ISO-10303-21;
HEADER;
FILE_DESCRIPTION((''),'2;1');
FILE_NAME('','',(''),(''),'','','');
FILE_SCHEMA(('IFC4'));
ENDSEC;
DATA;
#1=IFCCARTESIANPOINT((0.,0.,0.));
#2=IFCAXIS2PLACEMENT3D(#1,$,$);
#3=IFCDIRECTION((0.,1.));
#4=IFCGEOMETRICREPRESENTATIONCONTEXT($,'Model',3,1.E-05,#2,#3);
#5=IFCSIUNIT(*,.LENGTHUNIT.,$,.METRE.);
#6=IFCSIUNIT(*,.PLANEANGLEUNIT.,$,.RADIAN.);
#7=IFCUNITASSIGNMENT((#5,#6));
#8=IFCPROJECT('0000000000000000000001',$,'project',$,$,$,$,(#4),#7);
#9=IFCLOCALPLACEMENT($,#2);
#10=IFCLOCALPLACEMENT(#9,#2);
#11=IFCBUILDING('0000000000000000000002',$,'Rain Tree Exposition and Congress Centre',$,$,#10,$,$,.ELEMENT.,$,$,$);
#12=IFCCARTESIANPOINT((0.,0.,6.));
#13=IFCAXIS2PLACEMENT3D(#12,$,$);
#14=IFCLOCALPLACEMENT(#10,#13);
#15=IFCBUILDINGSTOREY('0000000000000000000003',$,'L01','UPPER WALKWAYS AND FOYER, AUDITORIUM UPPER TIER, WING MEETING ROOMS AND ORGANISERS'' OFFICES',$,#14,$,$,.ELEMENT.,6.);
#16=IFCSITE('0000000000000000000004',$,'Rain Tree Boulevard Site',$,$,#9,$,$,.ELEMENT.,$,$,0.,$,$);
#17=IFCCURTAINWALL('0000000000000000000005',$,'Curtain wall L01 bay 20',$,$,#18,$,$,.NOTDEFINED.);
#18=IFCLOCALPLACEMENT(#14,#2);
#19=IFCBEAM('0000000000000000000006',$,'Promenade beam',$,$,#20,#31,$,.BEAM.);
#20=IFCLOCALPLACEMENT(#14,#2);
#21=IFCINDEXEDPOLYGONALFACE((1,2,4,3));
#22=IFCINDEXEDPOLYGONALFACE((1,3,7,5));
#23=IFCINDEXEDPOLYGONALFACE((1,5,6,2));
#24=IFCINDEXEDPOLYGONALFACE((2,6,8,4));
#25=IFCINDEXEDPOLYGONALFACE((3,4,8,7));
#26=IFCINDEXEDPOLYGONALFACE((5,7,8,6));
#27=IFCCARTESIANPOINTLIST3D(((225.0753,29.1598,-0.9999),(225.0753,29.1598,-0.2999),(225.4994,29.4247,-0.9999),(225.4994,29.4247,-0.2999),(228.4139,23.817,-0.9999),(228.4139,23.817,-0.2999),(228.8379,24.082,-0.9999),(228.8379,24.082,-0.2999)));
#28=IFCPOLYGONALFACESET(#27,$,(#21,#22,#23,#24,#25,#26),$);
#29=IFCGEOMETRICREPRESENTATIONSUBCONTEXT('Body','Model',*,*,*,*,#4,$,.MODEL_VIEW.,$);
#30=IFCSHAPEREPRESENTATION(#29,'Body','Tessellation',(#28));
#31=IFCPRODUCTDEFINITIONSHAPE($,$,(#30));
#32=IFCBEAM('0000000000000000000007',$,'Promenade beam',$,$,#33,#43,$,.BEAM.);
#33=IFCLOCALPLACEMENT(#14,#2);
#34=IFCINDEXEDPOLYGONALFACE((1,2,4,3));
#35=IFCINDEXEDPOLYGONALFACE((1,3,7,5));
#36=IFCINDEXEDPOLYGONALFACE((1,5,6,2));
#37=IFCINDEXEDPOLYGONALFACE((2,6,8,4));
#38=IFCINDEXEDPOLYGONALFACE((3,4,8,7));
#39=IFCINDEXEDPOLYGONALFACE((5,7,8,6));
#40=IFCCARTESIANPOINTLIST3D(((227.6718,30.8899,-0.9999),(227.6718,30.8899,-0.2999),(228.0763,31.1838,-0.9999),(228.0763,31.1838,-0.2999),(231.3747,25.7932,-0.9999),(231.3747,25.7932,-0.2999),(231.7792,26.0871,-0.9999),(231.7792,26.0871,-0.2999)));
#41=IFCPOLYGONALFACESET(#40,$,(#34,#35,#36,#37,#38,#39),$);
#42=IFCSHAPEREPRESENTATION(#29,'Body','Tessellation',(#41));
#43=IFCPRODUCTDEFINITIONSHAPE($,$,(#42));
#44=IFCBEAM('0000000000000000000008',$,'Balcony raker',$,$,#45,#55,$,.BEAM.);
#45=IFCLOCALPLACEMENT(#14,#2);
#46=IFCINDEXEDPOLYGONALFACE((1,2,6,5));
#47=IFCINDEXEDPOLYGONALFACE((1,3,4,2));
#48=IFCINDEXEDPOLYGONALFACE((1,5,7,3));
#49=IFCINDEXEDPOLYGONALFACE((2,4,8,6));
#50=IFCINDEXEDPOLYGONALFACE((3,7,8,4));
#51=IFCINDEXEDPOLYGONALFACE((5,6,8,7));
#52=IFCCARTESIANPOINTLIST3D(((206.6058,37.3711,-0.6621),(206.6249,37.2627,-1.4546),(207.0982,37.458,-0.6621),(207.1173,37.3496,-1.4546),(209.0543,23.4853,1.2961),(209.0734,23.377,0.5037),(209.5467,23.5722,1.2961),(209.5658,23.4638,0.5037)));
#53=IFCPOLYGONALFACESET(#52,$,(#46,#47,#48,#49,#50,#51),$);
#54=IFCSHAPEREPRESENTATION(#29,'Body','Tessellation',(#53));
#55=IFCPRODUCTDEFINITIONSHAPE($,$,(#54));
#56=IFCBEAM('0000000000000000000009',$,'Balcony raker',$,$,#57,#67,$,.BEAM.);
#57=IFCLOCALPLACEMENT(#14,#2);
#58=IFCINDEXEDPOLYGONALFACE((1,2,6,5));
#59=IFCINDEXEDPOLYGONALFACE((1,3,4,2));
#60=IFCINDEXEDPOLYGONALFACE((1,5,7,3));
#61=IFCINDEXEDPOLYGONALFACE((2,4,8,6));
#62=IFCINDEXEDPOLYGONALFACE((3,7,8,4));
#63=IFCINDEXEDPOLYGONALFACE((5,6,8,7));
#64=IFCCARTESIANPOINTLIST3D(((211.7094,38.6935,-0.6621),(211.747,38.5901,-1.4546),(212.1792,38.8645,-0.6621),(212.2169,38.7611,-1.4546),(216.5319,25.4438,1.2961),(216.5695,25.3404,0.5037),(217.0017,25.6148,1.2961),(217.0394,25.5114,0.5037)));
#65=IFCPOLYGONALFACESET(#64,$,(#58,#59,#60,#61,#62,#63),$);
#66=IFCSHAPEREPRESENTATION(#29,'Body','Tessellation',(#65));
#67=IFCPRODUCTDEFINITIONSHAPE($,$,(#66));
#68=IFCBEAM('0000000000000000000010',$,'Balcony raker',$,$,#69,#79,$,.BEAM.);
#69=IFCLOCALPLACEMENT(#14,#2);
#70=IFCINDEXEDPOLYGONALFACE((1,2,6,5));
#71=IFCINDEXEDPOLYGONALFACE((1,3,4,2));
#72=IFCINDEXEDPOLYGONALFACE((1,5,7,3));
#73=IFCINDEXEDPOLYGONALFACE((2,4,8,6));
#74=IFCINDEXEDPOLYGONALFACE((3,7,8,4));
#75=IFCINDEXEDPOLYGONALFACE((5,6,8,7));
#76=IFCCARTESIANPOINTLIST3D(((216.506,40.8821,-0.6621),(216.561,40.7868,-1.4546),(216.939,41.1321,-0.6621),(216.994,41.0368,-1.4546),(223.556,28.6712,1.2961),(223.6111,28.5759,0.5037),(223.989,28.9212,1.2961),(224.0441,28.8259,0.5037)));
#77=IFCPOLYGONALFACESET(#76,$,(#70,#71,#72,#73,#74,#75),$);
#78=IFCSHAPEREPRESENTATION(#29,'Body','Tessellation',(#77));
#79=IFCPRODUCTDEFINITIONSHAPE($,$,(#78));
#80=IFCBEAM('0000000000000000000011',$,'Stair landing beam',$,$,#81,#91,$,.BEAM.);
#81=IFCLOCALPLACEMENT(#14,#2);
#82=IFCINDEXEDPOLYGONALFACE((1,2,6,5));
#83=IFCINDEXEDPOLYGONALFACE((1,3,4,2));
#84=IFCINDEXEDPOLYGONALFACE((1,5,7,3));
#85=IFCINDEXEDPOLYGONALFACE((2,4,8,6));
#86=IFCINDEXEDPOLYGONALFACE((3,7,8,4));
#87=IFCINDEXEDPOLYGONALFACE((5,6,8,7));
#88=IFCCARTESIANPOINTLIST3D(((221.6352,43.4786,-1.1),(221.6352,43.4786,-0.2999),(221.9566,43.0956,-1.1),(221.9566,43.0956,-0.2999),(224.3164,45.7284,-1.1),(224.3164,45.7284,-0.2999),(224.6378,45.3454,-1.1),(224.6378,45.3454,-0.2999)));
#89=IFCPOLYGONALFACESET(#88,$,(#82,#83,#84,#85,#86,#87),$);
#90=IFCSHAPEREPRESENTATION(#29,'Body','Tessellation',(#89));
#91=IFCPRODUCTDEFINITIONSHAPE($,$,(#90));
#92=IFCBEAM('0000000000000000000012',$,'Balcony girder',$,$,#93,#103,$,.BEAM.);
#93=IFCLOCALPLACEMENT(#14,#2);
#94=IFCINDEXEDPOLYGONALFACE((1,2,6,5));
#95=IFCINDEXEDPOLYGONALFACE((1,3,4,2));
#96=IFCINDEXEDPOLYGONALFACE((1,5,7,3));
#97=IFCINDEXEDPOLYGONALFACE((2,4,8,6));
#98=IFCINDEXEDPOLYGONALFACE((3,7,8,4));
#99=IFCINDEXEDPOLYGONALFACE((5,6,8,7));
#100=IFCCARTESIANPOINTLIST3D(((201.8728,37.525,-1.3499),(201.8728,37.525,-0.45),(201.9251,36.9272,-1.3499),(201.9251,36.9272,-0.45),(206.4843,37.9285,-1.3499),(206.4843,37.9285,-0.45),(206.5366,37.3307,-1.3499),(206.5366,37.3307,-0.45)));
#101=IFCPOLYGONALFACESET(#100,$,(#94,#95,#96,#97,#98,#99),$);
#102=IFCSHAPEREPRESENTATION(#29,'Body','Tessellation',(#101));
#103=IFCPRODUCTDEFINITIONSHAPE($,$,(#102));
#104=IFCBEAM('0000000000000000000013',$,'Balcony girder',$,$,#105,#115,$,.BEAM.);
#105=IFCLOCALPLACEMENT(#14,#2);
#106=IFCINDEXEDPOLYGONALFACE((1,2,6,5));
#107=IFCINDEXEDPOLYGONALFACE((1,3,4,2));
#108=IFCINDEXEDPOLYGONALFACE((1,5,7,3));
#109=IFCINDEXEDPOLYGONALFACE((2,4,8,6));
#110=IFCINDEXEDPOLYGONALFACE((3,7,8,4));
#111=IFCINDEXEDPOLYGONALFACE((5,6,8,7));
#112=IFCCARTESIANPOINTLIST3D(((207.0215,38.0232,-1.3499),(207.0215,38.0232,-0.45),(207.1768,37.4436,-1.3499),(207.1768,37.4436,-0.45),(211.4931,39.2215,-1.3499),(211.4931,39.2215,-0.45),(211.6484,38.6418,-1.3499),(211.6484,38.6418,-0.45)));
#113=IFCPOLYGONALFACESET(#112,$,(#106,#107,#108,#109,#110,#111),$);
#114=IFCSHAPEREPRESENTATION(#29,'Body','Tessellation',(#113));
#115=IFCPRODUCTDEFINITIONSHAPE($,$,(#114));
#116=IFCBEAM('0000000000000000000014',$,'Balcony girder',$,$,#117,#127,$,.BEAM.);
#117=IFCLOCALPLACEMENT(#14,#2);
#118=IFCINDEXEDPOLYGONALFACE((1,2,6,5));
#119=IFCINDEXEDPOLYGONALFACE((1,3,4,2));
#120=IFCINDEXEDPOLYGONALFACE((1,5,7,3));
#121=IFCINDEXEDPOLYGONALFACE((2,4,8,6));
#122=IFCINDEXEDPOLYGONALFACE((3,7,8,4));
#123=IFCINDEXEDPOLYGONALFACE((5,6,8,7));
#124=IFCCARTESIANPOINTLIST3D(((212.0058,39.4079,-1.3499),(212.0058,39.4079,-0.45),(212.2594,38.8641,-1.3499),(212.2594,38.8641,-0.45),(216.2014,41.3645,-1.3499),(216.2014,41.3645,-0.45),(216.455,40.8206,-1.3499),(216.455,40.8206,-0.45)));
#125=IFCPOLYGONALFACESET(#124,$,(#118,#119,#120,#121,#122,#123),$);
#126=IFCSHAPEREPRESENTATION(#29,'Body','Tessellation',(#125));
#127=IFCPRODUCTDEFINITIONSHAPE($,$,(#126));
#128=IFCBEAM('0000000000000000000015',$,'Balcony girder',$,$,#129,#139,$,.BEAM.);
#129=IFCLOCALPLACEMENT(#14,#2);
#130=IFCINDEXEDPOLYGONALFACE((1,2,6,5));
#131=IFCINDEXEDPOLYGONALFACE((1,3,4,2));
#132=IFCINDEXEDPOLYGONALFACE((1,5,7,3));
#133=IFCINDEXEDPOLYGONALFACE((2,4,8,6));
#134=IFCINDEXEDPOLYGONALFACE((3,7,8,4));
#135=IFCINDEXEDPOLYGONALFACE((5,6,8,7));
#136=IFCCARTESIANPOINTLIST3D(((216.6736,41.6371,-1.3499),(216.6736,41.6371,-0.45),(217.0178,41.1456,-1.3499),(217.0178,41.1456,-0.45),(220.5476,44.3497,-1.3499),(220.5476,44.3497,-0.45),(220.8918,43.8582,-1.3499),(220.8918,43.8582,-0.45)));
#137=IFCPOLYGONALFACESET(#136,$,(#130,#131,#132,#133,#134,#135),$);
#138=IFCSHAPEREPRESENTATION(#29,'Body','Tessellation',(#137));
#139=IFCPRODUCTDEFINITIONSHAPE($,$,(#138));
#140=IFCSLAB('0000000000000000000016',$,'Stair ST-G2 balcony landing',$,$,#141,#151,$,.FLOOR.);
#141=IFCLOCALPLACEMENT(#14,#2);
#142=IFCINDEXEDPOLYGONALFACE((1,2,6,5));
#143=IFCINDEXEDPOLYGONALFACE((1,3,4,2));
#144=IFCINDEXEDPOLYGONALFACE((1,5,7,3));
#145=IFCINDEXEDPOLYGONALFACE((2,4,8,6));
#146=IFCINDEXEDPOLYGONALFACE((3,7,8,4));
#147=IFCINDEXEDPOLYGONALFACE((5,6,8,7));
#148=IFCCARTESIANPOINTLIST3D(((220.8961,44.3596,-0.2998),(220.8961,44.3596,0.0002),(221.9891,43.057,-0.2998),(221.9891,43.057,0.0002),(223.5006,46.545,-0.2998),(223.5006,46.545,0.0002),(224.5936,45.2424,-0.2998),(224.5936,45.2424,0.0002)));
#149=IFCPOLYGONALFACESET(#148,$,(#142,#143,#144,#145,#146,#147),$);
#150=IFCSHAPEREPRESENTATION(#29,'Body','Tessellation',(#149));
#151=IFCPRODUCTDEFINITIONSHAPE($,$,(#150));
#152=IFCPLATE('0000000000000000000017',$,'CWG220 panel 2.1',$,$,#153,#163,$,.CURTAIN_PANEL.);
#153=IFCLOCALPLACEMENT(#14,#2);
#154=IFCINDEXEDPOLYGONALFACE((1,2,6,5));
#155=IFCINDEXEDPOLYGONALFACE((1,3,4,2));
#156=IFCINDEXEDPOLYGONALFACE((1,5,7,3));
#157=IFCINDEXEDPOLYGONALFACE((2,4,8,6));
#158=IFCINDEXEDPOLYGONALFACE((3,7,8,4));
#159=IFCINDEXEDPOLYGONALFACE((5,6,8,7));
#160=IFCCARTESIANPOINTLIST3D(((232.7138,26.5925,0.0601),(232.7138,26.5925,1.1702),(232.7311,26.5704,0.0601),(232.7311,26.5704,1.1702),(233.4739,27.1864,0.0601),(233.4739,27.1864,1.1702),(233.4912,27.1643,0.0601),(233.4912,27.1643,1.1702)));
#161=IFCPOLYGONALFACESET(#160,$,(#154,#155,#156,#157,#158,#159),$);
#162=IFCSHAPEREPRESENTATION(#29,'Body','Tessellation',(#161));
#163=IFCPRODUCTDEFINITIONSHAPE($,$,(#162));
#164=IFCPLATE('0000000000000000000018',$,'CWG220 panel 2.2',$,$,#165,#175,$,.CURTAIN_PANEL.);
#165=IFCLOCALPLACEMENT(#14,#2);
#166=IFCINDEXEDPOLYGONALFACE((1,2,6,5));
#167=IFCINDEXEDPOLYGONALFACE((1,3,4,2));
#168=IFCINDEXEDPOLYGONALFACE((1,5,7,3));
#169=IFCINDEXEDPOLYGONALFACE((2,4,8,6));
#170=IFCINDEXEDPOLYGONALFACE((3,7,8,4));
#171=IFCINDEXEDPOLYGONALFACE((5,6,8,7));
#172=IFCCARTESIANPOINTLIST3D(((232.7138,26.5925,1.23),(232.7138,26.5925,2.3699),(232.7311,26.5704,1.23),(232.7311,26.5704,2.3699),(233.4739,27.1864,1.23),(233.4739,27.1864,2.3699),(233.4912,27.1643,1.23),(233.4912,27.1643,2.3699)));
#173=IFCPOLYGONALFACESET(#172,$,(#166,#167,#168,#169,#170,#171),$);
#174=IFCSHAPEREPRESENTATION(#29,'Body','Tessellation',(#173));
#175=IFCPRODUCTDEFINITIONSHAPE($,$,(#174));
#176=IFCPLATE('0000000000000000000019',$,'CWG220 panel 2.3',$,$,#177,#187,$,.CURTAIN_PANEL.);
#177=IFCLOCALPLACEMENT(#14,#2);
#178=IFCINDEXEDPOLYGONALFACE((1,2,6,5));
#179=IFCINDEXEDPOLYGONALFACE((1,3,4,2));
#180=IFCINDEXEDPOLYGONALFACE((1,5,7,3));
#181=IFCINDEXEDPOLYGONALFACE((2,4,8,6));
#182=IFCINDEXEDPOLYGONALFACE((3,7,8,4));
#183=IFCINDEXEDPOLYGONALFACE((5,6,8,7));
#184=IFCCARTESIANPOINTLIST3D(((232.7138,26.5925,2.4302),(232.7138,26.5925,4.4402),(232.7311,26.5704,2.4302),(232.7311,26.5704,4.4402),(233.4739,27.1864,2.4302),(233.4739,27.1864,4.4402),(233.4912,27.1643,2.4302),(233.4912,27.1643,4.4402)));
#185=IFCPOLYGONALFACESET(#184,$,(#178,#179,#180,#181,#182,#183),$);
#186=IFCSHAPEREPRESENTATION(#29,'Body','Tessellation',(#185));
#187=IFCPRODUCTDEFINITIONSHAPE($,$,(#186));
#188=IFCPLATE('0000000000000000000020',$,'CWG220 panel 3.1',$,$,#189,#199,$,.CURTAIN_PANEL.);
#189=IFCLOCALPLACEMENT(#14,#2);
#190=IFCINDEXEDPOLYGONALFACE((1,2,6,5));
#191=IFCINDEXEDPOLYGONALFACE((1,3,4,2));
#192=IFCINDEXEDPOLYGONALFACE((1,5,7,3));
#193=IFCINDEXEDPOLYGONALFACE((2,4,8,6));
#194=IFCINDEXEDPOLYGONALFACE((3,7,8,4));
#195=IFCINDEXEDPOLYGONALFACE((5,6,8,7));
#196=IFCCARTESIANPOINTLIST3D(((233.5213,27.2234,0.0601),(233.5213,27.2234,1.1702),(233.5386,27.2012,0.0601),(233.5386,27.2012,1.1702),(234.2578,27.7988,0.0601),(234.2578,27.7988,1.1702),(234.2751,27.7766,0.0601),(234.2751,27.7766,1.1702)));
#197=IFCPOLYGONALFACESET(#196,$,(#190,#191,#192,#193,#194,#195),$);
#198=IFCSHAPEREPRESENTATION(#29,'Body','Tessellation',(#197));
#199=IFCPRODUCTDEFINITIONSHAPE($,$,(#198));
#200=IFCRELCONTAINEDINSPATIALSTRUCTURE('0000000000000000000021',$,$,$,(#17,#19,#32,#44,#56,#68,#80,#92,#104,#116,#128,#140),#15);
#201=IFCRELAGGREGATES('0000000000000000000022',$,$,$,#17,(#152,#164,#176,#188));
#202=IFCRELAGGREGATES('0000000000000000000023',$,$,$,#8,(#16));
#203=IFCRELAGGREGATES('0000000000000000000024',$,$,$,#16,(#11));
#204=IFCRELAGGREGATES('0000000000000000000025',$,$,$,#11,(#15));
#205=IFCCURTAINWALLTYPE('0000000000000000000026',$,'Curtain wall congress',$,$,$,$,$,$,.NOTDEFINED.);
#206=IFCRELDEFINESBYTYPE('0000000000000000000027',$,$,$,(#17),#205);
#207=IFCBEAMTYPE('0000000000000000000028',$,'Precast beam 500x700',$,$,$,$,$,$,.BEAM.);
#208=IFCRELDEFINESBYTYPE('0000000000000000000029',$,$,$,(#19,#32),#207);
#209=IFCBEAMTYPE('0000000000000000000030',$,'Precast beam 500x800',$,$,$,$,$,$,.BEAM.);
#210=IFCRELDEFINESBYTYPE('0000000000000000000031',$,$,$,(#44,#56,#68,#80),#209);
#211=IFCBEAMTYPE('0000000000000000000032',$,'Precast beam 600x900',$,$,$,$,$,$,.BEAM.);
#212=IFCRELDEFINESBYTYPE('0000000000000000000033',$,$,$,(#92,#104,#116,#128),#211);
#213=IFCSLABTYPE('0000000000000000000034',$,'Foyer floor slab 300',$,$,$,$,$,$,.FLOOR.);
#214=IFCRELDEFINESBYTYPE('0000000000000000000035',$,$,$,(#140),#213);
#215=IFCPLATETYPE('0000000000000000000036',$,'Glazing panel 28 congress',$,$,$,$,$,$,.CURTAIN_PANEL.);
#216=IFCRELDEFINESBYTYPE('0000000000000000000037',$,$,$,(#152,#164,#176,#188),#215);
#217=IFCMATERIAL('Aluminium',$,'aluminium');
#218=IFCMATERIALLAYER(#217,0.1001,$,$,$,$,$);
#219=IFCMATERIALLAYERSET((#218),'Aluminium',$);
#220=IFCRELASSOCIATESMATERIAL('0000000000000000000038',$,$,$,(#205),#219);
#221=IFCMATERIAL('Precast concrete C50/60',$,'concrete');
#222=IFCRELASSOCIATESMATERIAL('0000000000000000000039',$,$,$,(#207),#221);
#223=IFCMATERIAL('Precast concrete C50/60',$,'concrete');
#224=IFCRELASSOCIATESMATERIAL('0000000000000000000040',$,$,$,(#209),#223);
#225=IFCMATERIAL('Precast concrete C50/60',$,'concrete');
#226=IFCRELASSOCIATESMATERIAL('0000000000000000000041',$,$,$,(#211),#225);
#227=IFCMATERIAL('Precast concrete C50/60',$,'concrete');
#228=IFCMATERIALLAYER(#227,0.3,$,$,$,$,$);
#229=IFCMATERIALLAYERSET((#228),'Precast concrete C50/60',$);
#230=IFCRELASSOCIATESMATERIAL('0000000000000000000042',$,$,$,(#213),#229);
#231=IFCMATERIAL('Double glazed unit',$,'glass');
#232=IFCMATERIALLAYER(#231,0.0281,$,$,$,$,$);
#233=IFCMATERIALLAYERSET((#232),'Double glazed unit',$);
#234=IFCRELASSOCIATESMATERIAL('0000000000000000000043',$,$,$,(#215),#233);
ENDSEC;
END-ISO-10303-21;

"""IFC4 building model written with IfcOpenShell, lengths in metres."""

from ifc_helpers import new_model, si_unit, direction, frame, origin, origin_2d, place, context, subcontext, project, spatial, rectangle, extrude, material, layer, layer_set, material_profile, profile_set, type_object, element, aggregate, save


model = new_model("IFC4")

# Units and contexts
model_context = context("Model", 3, precision=1e-05, world=origin(), true_north=direction((0.0, 1.0)))
body_context = subcontext(model_context, "Body", "Model", "MODEL_VIEW")
ifc_project = project(units=[si_unit("LENGTHUNIT", "METRE"), si_unit("PLANEANGLEUNIT", "RADIAN")], contexts=[model_context])

# Site, building, storey
site_placement = place(None, origin())
site = spatial("IfcSite", under=ifc_project, at=site_placement, Name="Rain Tree Boulevard Site", CompositionType="ELEMENT", RefElevation=0.0)
building_placement = place(site_placement, origin())
building = spatial("IfcBuilding", under=site, at=building_placement, Name="Rain Tree Exposition and Congress Centre", CompositionType="ELEMENT")
storey_placement = place(building_placement, frame((0.0, 0.0, 6.0)))
storey = spatial("IfcBuildingStorey", under=building, at=storey_placement, Name="L01", Description="UPPER WALKWAYS AND FOYER, AUDITORIUM UPPER TIER, WING MEETING ROOMS AND ORGANISERS' OFFICES", CompositionType="ELEMENT", Elevation=6.0)

# Curtain wall
ifc_material_1 = material(Name="Aluminium", Category="aluminium")
ifc_layer_1 = layer(ifc_material_1, 0.1001)
ifc_layer_set_1 = layer_set([ifc_layer_1], Name="Aluminium")
curtain_wall_type = type_object("IfcCurtainWallType", Name="Curtain wall congress", PredefinedType="NOTDEFINED", material=ifc_layer_set_1)
curtain_wall_placement = place(storey_placement, origin())
curtain_wall = element("IfcCurtainWall", 1, at=curtain_wall_placement, inside=storey, type_object=curtain_wall_type, Name="Curtain wall L01 bay 20", PredefinedType="NOTDEFINED")

# Beams
ifc_material_2 = material(Name="Precast concrete C50/60", Category="concrete")
ifc_material_profile_1 = material_profile(ifc_material_2, rectangle(XDim=0.5, YDim=0.7, at=origin_2d()), Name="RC 500x700")
ifc_profile_set_1 = profile_set([ifc_material_profile_1], Name="Precast concrete C50/60")
beam_type_1 = type_object("IfcBeamType", Name="Precast beam 500x700", PredefinedType="BEAM", material=ifc_profile_set_1)
beam_1_placement = place(storey_placement, frame((225.2874, 29.2922, -0.6499), z_axis=(0.529929, -0.848042, 0.0), x_axis=(0.848042, 0.529929, 0.0)))
element("IfcBeam", 2, at=beam_1_placement, inside=storey, type_object=beam_type_1, Name="Promenade beam", PredefinedType="BEAM", context=body_context, shape_type="SweptSolid", body=[
    extrude(rectangle(XDim=0.5, YDim=0.7, at=origin_2d()), origin(), (0.0, 0.0, 1.0), 6.3),
])
beam_2_placement = place(storey_placement, frame((227.874, 31.0369, -0.6499), z_axis=(0.587778, -0.809023, 0.0), x_axis=(0.809023, 0.587778, 0.0)))
element("IfcBeam", 3, at=beam_2_placement, inside=storey, type_object=beam_type_1, Name="Promenade beam", PredefinedType="BEAM", context=body_context, shape_type="SweptSolid", body=[
    extrude(rectangle(XDim=0.5, YDim=0.7, at=origin_2d()), origin(), (0.0, 0.0, 1.0), 6.2998),
])
ifc_material_3 = material(Name="Precast concrete C50/60", Category="concrete")
ifc_material_profile_2 = material_profile(ifc_material_3, rectangle(XDim=0.5, YDim=0.8, at=origin_2d()), Name="RC 500x800")
ifc_profile_set_2 = profile_set([ifc_material_profile_2], Name="Precast concrete C50/60")
beam_type_2 = type_object("IfcBeamType", Name="Precast beam 500x800", PredefinedType="BEAM", material=ifc_profile_set_2)
for number, where, z_axis, x_axis, name in (
    (4, (206.8616, 37.3604, -1.0583), (0.172001, -0.975445, 0.137563), (0.984807, 0.173652, 0.0), "Balcony raker"),
    (5, (211.9631, 38.7273, -1.0583), (0.338768, -0.930759, 0.137562), (0.939693, 0.34202, 0.0), "Balcony raker"),
    (6, (216.75, 40.9595, -1.0583), (0.49525, -0.85779, 0.137563), (0.866024, 0.500003, 0.0), "Balcony raker"),
):
    element("IfcBeam", number, at=place(storey_placement, frame(where, z_axis=z_axis, x_axis=x_axis)), inside=storey, type_object=beam_type_2, Name=name, PredefinedType="BEAM", context=body_context, shape_type="SweptSolid", body=[
        extrude(rectangle(XDim=0.5, YDim=0.8, at=origin_2d()), origin(), (0.0, 0.0, 1.0), 14.2354),
    ])
beam_3_placement = place(storey_placement, frame((221.7959, 43.2871, -0.7), z_axis=(0.766044, 0.642788, 0.0), x_axis=(-0.642788, 0.766044, 0.0)))
element("IfcBeam", 7, at=beam_3_placement, inside=storey, type_object=beam_type_2, Name="Stair landing beam", PredefinedType="BEAM", context=body_context, shape_type="SweptSolid", body=[
    extrude(rectangle(XDim=0.5, YDim=0.8, at=origin_2d()), origin(), (0.0, 0.0, 1.0), 3.5),
])
ifc_material_4 = material(Name="Precast concrete C50/60", Category="concrete")
ifc_material_profile_3 = material_profile(ifc_material_4, rectangle(XDim=0.6001, YDim=0.8999, at=origin_2d()), Name="RC 600x900")
ifc_profile_set_3 = profile_set([ifc_material_profile_3], Name="Precast concrete C50/60")
beam_type_3 = type_object("IfcBeamType", Name="Precast beam 600x900", PredefinedType="BEAM", material=ifc_profile_set_3)
beam_4_placement = place(storey_placement, frame((201.8989, 37.2261, -0.8999), z_axis=(0.996193, 0.087178, 0.0), x_axis=(-0.087178, 0.996193, 0.0)))
element("IfcBeam", 8, at=beam_4_placement, inside=storey, type_object=beam_type_3, Name="Balcony girder", PredefinedType="BEAM", context=body_context, shape_type="SweptSolid", body=[
    extrude(rectangle(XDim=0.6001, YDim=0.8999, at=origin_2d()), origin(), (0.0, 0.0, 1.0), 4.6292),
])
for number, where, z_axis, x_axis, name in (
    (9, (207.0991, 37.7334, -0.8999), (0.965923, 0.258831, 0.0), (-0.258831, 0.965923, 0.0), "Balcony girder"),
    (10, (212.1326, 39.136, -0.8999), (0.906298, 0.42264, 0.0), (-0.42264, 0.906298, 0.0), "Balcony girder"),
):
    element("IfcBeam", number, at=place(storey_placement, frame(where, z_axis=z_axis, x_axis=x_axis)), inside=storey, type_object=beam_type_3, Name=name, PredefinedType="BEAM", context=body_context, shape_type="SweptSolid", body=[
        extrude(rectangle(XDim=0.6001, YDim=0.8999, at=origin_2d()), origin(), (0.0, 0.0, 1.0), 4.6294),
    ])
beam_5_placement = place(storey_placement, frame((216.8457, 41.3914, -0.8999), z_axis=(0.819149, 0.57358, 0.0), x_axis=(-0.57358, 0.819149, 0.0)))
element("IfcBeam", 11, at=beam_5_placement, inside=storey, type_object=beam_type_3, Name="Balcony girder", PredefinedType="BEAM", context=body_context, shape_type="SweptSolid", body=[
    extrude(rectangle(XDim=0.6001, YDim=0.8999, at=origin_2d()), origin(), (0.0, 0.0, 1.0), 4.7292),
])

# Slab
ifc_material_5 = material(Name="Precast concrete C50/60", Category="concrete")
ifc_layer_2 = layer(ifc_material_5, 0.3)
ifc_layer_set_2 = layer_set([ifc_layer_2], Name="Precast concrete C50/60")
slab_type = type_object("IfcSlabType", Name="Foyer floor slab 300", PredefinedType="FLOOR", material=ifc_layer_set_2)
slab_placement = place(storey_placement, frame((222.7449, 44.801, -0.2998), z_axis=(0.0, 0.0, 1.0), x_axis=(0.642788, -0.766044, 0.0)))
element("IfcSlab", 12, at=slab_placement, inside=storey, type_object=slab_type, Name="Stair ST-G2 balcony landing", PredefinedType="FLOOR", context=body_context, shape_type="SweptSolid", body=[
    extrude(rectangle(XDim=1.7004, YDim=3.3999, at=origin_2d()), origin(), (0.0, 0.0, 1.0), 0.3),
])

# Plates
ifc_material_6 = material(Name="Double glazed unit", Category="glass")
ifc_layer_3 = layer(ifc_material_6, 0.0281)
ifc_layer_set_3 = layer_set([ifc_layer_3], Name="Double glazed unit")
plate_type = type_object("IfcPlateType", Name="Glazing panel 28 congress", PredefinedType="CURTAIN_PANEL", material=ifc_layer_set_3)
plate_1_placement = place(storey_placement, frame((233.1025, 26.8784, 0.0601), z_axis=(0.0, 0.0, 1.0), x_axis=(0.788003, 0.615671, 0.0)))
plate_1 = element("IfcPlate", 13, at=plate_1_placement, type_object=plate_type, Name="CWG220 panel 2.1", PredefinedType="CURTAIN_PANEL", context=body_context, shape_type="SweptSolid", body=[
    extrude(rectangle(XDim=0.9646, YDim=0.0281, at=origin_2d()), origin(), (0.0, 0.0, 1.0), 1.1101),
])
plate_2_placement = place(storey_placement, frame((233.1025, 26.8784, 1.23), z_axis=(0.0, 0.0, 1.0), x_axis=(0.788003, 0.615671, 0.0)))
plate_2 = element("IfcPlate", 14, at=plate_2_placement, type_object=plate_type, Name="CWG220 panel 2.2", PredefinedType="CURTAIN_PANEL", context=body_context, shape_type="SweptSolid", body=[
    extrude(rectangle(XDim=0.9646, YDim=0.0281, at=origin_2d()), origin(), (0.0, 0.0, 1.0), 1.1399),
])
plate_3_placement = place(storey_placement, frame((233.1025, 26.8784, 2.4302), z_axis=(0.0, 0.0, 1.0), x_axis=(0.788003, 0.615671, 0.0)))
plate_3 = element("IfcPlate", 15, at=plate_3_placement, type_object=plate_type, Name="CWG220 panel 2.3", PredefinedType="CURTAIN_PANEL", context=body_context, shape_type="SweptSolid", body=[
    extrude(rectangle(XDim=0.9646, YDim=0.0281, at=origin_2d()), origin(), (0.0, 0.0, 1.0), 2.01),
])
plate_4_placement = place(storey_placement, frame((233.8982, 27.5, 0.0601), z_axis=(0.0, 0.0, 1.0), x_axis=(0.788003, 0.615671, 0.0)))
plate_4 = element("IfcPlate", 16, at=plate_4_placement, type_object=plate_type, Name="CWG220 panel 3.1", PredefinedType="CURTAIN_PANEL", context=body_context, shape_type="SweptSolid", body=[
    extrude(rectangle(XDim=0.9346, YDim=0.0281, at=origin_2d()), origin(), (0.0, 0.0, 1.0), 1.1101),
])
aggregate(curtain_wall, [plate_1, plate_2, plate_3, plate_4])

save(model, "model.ifc")
